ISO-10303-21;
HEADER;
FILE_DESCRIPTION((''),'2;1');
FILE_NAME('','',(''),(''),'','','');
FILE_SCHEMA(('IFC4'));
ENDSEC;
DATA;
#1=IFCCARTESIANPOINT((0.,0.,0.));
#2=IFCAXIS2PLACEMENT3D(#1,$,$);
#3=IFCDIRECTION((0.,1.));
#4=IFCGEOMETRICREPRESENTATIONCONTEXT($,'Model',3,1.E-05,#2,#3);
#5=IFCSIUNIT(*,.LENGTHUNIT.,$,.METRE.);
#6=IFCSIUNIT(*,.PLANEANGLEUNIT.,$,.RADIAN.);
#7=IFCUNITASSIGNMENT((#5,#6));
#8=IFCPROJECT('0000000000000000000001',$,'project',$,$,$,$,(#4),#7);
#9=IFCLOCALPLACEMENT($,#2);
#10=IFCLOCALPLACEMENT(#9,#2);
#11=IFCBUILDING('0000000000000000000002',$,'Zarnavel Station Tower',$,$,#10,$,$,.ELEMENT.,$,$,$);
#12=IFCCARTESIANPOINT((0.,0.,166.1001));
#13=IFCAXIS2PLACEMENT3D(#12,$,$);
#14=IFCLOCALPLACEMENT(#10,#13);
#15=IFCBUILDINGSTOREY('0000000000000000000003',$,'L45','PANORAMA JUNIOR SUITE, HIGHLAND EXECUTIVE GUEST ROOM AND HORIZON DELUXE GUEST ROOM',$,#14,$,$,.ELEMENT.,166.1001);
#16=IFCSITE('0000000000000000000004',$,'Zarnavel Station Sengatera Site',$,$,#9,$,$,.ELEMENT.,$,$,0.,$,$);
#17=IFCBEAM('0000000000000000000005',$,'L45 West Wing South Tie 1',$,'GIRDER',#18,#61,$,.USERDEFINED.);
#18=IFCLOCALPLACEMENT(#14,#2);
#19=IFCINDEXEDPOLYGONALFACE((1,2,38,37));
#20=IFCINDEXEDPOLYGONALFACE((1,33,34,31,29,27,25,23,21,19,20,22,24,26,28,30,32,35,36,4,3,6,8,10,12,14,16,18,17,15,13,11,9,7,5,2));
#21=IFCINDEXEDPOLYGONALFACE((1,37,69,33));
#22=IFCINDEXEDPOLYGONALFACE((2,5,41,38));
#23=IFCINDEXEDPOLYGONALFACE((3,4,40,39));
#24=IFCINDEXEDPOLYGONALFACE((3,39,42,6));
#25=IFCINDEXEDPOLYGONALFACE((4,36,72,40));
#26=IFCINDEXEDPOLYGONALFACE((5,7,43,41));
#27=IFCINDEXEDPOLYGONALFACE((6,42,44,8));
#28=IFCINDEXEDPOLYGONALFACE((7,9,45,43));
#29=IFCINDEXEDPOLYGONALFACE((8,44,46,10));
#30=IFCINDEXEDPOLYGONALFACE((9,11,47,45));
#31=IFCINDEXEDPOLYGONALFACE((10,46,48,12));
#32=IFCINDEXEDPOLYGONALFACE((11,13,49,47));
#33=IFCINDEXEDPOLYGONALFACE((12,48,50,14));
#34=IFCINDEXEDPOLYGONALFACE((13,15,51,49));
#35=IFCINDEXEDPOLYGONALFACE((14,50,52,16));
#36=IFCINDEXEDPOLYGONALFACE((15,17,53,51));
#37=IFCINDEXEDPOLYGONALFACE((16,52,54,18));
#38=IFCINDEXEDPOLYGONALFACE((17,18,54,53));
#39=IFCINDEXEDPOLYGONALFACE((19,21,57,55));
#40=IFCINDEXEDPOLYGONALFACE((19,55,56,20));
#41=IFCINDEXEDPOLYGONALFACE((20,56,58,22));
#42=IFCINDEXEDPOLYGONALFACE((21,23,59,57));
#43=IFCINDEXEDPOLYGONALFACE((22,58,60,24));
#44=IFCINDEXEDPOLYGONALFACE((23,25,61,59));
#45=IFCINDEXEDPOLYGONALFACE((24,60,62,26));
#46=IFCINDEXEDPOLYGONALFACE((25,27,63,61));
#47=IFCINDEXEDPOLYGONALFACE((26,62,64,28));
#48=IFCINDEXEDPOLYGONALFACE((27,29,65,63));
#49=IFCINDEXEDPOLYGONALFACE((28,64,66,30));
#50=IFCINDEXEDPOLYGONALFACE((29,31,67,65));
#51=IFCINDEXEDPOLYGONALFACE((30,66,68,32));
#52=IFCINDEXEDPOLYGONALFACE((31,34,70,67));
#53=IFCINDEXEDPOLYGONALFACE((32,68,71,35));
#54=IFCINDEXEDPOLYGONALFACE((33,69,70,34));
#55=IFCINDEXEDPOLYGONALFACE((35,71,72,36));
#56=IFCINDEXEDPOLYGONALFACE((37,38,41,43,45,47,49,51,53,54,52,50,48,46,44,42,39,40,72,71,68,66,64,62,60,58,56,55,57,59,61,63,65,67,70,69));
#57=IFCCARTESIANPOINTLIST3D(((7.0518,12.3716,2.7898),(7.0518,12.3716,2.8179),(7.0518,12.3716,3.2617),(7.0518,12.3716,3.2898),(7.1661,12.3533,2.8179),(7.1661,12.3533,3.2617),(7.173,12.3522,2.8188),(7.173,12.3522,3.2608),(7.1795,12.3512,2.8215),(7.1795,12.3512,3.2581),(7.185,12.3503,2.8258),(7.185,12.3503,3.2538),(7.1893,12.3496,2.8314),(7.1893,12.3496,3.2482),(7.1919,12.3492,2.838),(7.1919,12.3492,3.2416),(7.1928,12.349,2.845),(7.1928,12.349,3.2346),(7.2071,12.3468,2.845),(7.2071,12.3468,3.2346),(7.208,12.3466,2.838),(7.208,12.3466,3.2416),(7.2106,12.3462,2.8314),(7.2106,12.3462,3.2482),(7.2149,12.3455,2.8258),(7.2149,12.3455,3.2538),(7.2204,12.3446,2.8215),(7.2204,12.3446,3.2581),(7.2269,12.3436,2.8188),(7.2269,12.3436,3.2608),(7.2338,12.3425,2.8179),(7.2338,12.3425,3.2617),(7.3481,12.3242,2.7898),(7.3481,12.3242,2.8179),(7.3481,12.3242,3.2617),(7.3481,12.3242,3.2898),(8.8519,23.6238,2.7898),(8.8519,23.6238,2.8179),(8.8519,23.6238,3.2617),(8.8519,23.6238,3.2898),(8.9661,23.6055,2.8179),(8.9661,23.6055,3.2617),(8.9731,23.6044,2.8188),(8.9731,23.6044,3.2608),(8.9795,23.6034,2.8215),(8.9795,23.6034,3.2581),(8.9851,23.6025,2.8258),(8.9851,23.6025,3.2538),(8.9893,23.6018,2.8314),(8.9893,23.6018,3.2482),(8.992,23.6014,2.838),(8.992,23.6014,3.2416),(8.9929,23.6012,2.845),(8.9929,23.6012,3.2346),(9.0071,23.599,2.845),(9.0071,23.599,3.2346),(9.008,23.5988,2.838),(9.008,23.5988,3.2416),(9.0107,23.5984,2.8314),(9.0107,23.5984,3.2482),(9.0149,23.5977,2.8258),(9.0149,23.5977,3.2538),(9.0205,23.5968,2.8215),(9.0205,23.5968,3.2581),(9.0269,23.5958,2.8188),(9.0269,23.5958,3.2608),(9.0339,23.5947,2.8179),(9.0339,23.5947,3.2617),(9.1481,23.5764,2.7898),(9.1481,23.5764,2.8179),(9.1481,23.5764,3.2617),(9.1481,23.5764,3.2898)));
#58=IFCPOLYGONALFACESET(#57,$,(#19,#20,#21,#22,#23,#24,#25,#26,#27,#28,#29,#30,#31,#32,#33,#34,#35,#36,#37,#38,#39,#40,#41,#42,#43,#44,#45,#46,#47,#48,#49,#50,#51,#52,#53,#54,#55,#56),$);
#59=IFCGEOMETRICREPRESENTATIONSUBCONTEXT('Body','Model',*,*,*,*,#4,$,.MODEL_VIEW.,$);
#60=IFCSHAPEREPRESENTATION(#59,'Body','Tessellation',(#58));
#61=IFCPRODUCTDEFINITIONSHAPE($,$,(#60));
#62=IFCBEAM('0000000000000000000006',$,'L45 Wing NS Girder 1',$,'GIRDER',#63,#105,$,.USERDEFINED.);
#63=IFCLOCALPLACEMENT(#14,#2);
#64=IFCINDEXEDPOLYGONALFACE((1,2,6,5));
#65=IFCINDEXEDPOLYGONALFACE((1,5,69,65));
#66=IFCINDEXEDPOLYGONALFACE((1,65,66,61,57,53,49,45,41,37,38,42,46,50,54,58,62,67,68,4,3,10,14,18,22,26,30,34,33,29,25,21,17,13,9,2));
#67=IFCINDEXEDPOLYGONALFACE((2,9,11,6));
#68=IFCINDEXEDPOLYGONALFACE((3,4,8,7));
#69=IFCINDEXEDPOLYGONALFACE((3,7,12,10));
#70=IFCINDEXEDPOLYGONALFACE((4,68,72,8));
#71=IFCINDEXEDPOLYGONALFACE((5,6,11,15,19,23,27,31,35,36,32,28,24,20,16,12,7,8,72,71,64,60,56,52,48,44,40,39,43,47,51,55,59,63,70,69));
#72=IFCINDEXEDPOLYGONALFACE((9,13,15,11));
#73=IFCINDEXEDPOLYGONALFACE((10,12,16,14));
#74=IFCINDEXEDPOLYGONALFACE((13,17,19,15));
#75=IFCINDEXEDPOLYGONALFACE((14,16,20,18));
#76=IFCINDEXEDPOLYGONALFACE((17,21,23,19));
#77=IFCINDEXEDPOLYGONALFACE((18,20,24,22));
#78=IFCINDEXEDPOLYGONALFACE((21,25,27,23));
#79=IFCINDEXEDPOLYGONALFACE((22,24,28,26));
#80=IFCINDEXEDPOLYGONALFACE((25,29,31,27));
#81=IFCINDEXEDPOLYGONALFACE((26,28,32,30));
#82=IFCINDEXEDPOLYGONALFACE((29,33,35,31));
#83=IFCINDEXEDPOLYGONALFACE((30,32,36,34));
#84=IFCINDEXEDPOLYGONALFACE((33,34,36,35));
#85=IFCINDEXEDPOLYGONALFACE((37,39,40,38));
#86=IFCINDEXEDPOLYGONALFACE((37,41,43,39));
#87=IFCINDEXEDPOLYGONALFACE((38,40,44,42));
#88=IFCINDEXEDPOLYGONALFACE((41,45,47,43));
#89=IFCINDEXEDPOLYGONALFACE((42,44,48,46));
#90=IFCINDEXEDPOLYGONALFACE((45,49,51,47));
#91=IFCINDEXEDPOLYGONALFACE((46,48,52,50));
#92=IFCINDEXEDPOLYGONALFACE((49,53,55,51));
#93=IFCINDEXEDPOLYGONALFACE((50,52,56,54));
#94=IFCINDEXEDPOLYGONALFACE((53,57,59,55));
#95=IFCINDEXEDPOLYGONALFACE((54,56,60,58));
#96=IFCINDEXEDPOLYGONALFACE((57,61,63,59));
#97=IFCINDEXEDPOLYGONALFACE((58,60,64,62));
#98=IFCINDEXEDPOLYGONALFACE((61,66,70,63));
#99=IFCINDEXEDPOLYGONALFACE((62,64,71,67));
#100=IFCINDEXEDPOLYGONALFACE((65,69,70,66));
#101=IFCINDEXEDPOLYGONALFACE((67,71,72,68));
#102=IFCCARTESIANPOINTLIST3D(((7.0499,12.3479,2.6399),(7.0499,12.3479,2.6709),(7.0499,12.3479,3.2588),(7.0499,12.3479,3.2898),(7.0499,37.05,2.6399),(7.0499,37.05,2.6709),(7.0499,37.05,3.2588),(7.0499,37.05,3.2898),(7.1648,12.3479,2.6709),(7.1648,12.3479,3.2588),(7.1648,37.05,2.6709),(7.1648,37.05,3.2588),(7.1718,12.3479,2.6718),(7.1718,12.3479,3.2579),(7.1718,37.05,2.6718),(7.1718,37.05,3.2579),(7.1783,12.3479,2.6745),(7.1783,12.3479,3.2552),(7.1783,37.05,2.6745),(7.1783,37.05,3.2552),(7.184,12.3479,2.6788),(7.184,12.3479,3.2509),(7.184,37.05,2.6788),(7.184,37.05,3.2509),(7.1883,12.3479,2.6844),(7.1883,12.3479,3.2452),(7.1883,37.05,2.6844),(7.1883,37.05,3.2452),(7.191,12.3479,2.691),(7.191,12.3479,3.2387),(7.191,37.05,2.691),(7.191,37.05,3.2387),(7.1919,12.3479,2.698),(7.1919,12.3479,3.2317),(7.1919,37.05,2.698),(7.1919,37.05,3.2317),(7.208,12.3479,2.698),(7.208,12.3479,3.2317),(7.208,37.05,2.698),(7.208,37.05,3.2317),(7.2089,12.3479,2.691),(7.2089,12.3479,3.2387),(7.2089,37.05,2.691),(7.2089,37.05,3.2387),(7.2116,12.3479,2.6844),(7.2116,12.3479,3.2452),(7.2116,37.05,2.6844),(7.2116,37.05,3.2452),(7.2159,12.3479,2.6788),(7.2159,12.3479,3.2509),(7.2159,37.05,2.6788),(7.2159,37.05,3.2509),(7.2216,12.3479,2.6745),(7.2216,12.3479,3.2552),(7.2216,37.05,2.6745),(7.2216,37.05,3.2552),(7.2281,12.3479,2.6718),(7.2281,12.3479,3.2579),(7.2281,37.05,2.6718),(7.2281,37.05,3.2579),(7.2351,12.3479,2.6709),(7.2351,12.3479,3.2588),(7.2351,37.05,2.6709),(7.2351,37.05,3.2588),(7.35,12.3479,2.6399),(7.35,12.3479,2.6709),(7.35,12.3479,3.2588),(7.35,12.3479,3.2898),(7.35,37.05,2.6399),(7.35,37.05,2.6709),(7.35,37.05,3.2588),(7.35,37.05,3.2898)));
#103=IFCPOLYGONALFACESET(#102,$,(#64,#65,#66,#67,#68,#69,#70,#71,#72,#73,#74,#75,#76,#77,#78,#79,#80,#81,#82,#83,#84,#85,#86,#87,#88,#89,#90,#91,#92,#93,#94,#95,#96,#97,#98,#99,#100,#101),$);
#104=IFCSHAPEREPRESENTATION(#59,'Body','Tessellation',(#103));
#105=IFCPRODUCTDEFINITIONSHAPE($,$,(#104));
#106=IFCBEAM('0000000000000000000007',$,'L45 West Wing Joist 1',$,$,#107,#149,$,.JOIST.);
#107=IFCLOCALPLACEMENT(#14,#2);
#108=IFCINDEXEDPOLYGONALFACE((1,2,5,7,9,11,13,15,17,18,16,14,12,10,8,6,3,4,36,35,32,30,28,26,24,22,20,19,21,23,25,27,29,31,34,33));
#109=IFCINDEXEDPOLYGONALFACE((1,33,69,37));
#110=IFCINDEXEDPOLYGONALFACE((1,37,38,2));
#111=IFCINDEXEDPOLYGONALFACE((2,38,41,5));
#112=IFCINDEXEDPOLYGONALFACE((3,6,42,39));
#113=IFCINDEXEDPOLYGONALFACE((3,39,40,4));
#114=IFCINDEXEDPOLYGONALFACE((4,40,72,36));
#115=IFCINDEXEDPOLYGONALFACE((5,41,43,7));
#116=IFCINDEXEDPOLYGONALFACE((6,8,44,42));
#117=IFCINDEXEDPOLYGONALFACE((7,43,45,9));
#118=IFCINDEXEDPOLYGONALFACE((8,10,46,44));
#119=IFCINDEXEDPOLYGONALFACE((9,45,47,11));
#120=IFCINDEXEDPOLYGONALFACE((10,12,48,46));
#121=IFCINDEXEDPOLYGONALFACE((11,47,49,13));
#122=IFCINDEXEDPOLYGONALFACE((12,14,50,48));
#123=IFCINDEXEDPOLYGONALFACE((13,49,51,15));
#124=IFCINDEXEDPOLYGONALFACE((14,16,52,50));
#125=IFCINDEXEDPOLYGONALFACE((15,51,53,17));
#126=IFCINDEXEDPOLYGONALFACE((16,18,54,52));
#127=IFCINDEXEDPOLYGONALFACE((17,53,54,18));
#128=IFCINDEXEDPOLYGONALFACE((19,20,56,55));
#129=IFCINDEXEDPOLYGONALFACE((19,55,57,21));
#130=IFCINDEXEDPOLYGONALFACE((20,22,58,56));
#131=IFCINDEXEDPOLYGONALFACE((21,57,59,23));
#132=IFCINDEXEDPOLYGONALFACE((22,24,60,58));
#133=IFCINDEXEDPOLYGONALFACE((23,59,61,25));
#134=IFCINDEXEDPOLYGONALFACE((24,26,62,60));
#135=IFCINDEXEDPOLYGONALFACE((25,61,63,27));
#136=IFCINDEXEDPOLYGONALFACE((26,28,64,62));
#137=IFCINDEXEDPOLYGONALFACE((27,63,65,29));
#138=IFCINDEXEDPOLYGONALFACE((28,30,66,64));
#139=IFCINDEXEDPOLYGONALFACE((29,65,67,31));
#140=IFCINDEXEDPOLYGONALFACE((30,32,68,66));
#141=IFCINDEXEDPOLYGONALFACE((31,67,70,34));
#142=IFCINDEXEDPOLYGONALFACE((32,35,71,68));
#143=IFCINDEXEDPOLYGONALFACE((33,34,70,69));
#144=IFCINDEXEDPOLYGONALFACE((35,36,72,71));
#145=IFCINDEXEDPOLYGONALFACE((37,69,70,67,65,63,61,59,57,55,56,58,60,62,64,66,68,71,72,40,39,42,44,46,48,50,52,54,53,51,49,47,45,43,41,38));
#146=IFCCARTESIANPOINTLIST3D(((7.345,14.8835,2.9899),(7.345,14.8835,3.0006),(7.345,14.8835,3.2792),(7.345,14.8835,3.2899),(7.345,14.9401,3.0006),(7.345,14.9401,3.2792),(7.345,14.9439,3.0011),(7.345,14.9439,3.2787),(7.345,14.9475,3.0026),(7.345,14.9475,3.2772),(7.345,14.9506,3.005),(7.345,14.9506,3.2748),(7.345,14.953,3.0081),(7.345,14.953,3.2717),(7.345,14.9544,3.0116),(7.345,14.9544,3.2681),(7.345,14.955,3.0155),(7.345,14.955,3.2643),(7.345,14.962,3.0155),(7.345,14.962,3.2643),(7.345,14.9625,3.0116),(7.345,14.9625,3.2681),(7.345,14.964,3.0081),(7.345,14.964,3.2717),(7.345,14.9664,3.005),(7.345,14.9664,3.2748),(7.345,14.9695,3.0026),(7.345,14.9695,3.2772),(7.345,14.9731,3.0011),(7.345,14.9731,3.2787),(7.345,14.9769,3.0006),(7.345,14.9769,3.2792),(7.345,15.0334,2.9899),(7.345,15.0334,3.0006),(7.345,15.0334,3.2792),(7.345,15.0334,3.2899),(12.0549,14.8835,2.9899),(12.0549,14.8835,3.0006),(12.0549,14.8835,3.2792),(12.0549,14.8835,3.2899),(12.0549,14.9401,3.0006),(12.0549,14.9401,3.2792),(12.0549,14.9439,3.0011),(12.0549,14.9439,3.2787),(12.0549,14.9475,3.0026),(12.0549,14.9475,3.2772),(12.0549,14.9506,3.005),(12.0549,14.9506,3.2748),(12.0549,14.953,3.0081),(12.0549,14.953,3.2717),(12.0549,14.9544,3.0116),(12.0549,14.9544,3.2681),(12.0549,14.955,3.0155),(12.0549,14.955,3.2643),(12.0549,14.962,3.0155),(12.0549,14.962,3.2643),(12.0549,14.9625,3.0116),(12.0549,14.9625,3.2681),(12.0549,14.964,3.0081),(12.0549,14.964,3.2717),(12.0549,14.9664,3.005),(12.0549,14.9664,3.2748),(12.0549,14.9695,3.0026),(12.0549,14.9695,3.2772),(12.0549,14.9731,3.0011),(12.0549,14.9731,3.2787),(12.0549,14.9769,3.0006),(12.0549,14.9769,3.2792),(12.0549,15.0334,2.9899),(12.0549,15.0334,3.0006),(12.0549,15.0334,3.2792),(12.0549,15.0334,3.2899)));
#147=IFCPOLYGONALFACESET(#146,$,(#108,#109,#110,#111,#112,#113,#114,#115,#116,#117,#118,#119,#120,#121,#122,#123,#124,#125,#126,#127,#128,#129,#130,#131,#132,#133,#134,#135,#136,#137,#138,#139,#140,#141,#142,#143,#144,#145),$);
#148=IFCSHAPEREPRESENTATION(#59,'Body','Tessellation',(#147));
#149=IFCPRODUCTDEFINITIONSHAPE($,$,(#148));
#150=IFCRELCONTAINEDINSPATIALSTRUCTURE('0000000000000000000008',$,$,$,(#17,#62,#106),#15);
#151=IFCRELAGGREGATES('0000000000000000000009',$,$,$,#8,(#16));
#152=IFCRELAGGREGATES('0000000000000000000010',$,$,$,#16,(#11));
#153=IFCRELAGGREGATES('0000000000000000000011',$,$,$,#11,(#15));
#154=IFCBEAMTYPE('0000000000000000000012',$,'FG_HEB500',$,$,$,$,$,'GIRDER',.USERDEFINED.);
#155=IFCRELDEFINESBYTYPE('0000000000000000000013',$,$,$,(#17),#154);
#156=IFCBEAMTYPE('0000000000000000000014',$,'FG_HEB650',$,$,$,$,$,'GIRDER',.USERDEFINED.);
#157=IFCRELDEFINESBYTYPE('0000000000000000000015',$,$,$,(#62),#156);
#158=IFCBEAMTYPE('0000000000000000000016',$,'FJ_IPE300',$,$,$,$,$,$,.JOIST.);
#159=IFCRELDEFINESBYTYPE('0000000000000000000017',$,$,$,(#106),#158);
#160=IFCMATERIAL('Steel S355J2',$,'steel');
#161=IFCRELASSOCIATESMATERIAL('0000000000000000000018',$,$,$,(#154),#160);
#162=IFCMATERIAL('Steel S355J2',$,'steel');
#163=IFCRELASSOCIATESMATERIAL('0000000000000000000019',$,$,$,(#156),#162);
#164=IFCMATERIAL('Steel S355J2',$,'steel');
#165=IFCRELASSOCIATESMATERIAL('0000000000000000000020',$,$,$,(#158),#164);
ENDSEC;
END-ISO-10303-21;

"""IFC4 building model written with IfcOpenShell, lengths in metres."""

from ifc_helpers import new_model, si_unit, direction, frame, origin, origin_2d, place, context, subcontext, project, spatial, i_section, extrude, material, material_profile, profile_set, type_object, element, save


model = new_model("IFC4")

# Units and contexts
model_context = context("Model", 3, precision=1e-05, world=origin(), true_north=direction((0.0, 1.0)))
body_context = subcontext(model_context, "Body", "Model", "MODEL_VIEW")
ifc_project = project(units=[si_unit("LENGTHUNIT", "METRE"), si_unit("PLANEANGLEUNIT", "RADIAN")], contexts=[model_context])

# Site, building, storey
site_placement = place(None, origin())
site = spatial("IfcSite", under=ifc_project, at=site_placement, Name="Zarnavel Station Sengatera Site", CompositionType="ELEMENT", RefElevation=0.0)
building_placement = place(site_placement, origin())
building = spatial("IfcBuilding", under=site, at=building_placement, Name="Zarnavel Station Tower", CompositionType="ELEMENT")
storey_placement = place(building_placement, frame((0.0, 0.0, 166.1001)))
storey = spatial("IfcBuildingStorey", under=building, at=storey_placement, Name="L45", Description="PANORAMA JUNIOR SUITE, HIGHLAND EXECUTIVE GUEST ROOM AND HORIZON DELUXE GUEST ROOM", CompositionType="ELEMENT", Elevation=166.1001)

# Beams
ifc_material_1 = material(Name="Steel S355J2", Category="steel")
ifc_material_profile_1 = material_profile(ifc_material_1, i_section(OverallWidth=0.3, OverallDepth=0.5, WebThickness=0.0144, FlangeThickness=0.0281, FilletRadius=0.0271, at=origin_2d()), Name="HEB500")
ifc_profile_set_1 = profile_set([ifc_material_profile_1], Name="Steel S355J2")
beam_type_1 = type_object("IfcBeamType", Name="FG_HEB500", ElementType="GIRDER", PredefinedType="USERDEFINED", material=ifc_profile_set_1)
beam_1_placement = place(storey_placement, frame((7.2, 12.3479, 3.0398), z_axis=(0.157965, 0.987445, 0.0), x_axis=(-0.987445, 0.157965, 0.0)))
element("IfcBeam", 1, at=beam_1_placement, inside=storey, type_object=beam_type_1, Name="L45 West Wing South Tie 1", ObjectType="GIRDER", PredefinedType="USERDEFINED", context=body_context, shape_type="SweptSolid", body=[
    extrude(i_section(OverallWidth=0.3, OverallDepth=0.5, WebThickness=0.0144, FlangeThickness=0.0281, FilletRadius=0.0271, at=origin_2d()), origin(), (0.0, 0.0, 1.0), 11.3953),
])
ifc_material_2 = material(Name="Steel S355J2", Category="steel")
ifc_material_profile_2 = material_profile(ifc_material_2, i_section(OverallWidth=0.3, OverallDepth=0.6499, WebThickness=0.0161, FlangeThickness=0.031, FilletRadius=0.0271, at=origin_2d()), Name="HEB650")
ifc_profile_set_2 = profile_set([ifc_material_profile_2], Name="Steel S355J2")
beam_type_2 = type_object("IfcBeamType", Name="FG_HEB650", ElementType="GIRDER", PredefinedType="USERDEFINED", material=ifc_profile_set_2)
beam_2_placement = place(storey_placement, frame((7.2, 12.3479, 2.9648), z_axis=(0.0, 1.0, 0.0), x_axis=(-1.0, 0.0, 0.0)))
element("IfcBeam", 2, at=beam_2_placement, inside=storey, type_object=beam_type_2, Name="L45 Wing NS Girder 1", ObjectType="GIRDER", PredefinedType="USERDEFINED", context=body_context, shape_type="SweptSolid", body=[
    extrude(i_section(OverallWidth=0.3, OverallDepth=0.6499, WebThickness=0.0161, FlangeThickness=0.031, FilletRadius=0.0271, at=origin_2d()), origin(), (0.0, 0.0, 1.0), 24.7021),
])
ifc_material_3 = material(Name="Steel S355J2", Category="steel")
ifc_material_profile_3 = material_profile(ifc_material_3, i_section(OverallWidth=0.1499, OverallDepth=0.3, WebThickness=0.0071, FlangeThickness=0.0107, FilletRadius=0.0149, at=origin_2d()), Name="IPE300")
ifc_profile_set_3 = profile_set([ifc_material_profile_3], Name="Steel S355J2")
beam_type_3 = type_object("IfcBeamType", Name="FJ_IPE300", PredefinedType="JOIST", material=ifc_profile_set_3)
beam_3_placement = place(storey_placement, frame((7.345, 14.9585, 3.1399), z_axis=(1.0, 0.0, 0.0), x_axis=(0.0, 1.0, 0.0)))
element("IfcBeam", 3, at=beam_3_placement, inside=storey, type_object=beam_type_3, Name="L45 West Wing Joist 1", PredefinedType="JOIST", context=body_context, shape_type="SweptSolid", body=[
    extrude(i_section(OverallWidth=0.1499, OverallDepth=0.3, WebThickness=0.0071, FlangeThickness=0.0107, FilletRadius=0.0149, at=origin_2d()), origin(), (0.0, 0.0, 1.0), 4.71),
])

save(model, "model.ifc")
